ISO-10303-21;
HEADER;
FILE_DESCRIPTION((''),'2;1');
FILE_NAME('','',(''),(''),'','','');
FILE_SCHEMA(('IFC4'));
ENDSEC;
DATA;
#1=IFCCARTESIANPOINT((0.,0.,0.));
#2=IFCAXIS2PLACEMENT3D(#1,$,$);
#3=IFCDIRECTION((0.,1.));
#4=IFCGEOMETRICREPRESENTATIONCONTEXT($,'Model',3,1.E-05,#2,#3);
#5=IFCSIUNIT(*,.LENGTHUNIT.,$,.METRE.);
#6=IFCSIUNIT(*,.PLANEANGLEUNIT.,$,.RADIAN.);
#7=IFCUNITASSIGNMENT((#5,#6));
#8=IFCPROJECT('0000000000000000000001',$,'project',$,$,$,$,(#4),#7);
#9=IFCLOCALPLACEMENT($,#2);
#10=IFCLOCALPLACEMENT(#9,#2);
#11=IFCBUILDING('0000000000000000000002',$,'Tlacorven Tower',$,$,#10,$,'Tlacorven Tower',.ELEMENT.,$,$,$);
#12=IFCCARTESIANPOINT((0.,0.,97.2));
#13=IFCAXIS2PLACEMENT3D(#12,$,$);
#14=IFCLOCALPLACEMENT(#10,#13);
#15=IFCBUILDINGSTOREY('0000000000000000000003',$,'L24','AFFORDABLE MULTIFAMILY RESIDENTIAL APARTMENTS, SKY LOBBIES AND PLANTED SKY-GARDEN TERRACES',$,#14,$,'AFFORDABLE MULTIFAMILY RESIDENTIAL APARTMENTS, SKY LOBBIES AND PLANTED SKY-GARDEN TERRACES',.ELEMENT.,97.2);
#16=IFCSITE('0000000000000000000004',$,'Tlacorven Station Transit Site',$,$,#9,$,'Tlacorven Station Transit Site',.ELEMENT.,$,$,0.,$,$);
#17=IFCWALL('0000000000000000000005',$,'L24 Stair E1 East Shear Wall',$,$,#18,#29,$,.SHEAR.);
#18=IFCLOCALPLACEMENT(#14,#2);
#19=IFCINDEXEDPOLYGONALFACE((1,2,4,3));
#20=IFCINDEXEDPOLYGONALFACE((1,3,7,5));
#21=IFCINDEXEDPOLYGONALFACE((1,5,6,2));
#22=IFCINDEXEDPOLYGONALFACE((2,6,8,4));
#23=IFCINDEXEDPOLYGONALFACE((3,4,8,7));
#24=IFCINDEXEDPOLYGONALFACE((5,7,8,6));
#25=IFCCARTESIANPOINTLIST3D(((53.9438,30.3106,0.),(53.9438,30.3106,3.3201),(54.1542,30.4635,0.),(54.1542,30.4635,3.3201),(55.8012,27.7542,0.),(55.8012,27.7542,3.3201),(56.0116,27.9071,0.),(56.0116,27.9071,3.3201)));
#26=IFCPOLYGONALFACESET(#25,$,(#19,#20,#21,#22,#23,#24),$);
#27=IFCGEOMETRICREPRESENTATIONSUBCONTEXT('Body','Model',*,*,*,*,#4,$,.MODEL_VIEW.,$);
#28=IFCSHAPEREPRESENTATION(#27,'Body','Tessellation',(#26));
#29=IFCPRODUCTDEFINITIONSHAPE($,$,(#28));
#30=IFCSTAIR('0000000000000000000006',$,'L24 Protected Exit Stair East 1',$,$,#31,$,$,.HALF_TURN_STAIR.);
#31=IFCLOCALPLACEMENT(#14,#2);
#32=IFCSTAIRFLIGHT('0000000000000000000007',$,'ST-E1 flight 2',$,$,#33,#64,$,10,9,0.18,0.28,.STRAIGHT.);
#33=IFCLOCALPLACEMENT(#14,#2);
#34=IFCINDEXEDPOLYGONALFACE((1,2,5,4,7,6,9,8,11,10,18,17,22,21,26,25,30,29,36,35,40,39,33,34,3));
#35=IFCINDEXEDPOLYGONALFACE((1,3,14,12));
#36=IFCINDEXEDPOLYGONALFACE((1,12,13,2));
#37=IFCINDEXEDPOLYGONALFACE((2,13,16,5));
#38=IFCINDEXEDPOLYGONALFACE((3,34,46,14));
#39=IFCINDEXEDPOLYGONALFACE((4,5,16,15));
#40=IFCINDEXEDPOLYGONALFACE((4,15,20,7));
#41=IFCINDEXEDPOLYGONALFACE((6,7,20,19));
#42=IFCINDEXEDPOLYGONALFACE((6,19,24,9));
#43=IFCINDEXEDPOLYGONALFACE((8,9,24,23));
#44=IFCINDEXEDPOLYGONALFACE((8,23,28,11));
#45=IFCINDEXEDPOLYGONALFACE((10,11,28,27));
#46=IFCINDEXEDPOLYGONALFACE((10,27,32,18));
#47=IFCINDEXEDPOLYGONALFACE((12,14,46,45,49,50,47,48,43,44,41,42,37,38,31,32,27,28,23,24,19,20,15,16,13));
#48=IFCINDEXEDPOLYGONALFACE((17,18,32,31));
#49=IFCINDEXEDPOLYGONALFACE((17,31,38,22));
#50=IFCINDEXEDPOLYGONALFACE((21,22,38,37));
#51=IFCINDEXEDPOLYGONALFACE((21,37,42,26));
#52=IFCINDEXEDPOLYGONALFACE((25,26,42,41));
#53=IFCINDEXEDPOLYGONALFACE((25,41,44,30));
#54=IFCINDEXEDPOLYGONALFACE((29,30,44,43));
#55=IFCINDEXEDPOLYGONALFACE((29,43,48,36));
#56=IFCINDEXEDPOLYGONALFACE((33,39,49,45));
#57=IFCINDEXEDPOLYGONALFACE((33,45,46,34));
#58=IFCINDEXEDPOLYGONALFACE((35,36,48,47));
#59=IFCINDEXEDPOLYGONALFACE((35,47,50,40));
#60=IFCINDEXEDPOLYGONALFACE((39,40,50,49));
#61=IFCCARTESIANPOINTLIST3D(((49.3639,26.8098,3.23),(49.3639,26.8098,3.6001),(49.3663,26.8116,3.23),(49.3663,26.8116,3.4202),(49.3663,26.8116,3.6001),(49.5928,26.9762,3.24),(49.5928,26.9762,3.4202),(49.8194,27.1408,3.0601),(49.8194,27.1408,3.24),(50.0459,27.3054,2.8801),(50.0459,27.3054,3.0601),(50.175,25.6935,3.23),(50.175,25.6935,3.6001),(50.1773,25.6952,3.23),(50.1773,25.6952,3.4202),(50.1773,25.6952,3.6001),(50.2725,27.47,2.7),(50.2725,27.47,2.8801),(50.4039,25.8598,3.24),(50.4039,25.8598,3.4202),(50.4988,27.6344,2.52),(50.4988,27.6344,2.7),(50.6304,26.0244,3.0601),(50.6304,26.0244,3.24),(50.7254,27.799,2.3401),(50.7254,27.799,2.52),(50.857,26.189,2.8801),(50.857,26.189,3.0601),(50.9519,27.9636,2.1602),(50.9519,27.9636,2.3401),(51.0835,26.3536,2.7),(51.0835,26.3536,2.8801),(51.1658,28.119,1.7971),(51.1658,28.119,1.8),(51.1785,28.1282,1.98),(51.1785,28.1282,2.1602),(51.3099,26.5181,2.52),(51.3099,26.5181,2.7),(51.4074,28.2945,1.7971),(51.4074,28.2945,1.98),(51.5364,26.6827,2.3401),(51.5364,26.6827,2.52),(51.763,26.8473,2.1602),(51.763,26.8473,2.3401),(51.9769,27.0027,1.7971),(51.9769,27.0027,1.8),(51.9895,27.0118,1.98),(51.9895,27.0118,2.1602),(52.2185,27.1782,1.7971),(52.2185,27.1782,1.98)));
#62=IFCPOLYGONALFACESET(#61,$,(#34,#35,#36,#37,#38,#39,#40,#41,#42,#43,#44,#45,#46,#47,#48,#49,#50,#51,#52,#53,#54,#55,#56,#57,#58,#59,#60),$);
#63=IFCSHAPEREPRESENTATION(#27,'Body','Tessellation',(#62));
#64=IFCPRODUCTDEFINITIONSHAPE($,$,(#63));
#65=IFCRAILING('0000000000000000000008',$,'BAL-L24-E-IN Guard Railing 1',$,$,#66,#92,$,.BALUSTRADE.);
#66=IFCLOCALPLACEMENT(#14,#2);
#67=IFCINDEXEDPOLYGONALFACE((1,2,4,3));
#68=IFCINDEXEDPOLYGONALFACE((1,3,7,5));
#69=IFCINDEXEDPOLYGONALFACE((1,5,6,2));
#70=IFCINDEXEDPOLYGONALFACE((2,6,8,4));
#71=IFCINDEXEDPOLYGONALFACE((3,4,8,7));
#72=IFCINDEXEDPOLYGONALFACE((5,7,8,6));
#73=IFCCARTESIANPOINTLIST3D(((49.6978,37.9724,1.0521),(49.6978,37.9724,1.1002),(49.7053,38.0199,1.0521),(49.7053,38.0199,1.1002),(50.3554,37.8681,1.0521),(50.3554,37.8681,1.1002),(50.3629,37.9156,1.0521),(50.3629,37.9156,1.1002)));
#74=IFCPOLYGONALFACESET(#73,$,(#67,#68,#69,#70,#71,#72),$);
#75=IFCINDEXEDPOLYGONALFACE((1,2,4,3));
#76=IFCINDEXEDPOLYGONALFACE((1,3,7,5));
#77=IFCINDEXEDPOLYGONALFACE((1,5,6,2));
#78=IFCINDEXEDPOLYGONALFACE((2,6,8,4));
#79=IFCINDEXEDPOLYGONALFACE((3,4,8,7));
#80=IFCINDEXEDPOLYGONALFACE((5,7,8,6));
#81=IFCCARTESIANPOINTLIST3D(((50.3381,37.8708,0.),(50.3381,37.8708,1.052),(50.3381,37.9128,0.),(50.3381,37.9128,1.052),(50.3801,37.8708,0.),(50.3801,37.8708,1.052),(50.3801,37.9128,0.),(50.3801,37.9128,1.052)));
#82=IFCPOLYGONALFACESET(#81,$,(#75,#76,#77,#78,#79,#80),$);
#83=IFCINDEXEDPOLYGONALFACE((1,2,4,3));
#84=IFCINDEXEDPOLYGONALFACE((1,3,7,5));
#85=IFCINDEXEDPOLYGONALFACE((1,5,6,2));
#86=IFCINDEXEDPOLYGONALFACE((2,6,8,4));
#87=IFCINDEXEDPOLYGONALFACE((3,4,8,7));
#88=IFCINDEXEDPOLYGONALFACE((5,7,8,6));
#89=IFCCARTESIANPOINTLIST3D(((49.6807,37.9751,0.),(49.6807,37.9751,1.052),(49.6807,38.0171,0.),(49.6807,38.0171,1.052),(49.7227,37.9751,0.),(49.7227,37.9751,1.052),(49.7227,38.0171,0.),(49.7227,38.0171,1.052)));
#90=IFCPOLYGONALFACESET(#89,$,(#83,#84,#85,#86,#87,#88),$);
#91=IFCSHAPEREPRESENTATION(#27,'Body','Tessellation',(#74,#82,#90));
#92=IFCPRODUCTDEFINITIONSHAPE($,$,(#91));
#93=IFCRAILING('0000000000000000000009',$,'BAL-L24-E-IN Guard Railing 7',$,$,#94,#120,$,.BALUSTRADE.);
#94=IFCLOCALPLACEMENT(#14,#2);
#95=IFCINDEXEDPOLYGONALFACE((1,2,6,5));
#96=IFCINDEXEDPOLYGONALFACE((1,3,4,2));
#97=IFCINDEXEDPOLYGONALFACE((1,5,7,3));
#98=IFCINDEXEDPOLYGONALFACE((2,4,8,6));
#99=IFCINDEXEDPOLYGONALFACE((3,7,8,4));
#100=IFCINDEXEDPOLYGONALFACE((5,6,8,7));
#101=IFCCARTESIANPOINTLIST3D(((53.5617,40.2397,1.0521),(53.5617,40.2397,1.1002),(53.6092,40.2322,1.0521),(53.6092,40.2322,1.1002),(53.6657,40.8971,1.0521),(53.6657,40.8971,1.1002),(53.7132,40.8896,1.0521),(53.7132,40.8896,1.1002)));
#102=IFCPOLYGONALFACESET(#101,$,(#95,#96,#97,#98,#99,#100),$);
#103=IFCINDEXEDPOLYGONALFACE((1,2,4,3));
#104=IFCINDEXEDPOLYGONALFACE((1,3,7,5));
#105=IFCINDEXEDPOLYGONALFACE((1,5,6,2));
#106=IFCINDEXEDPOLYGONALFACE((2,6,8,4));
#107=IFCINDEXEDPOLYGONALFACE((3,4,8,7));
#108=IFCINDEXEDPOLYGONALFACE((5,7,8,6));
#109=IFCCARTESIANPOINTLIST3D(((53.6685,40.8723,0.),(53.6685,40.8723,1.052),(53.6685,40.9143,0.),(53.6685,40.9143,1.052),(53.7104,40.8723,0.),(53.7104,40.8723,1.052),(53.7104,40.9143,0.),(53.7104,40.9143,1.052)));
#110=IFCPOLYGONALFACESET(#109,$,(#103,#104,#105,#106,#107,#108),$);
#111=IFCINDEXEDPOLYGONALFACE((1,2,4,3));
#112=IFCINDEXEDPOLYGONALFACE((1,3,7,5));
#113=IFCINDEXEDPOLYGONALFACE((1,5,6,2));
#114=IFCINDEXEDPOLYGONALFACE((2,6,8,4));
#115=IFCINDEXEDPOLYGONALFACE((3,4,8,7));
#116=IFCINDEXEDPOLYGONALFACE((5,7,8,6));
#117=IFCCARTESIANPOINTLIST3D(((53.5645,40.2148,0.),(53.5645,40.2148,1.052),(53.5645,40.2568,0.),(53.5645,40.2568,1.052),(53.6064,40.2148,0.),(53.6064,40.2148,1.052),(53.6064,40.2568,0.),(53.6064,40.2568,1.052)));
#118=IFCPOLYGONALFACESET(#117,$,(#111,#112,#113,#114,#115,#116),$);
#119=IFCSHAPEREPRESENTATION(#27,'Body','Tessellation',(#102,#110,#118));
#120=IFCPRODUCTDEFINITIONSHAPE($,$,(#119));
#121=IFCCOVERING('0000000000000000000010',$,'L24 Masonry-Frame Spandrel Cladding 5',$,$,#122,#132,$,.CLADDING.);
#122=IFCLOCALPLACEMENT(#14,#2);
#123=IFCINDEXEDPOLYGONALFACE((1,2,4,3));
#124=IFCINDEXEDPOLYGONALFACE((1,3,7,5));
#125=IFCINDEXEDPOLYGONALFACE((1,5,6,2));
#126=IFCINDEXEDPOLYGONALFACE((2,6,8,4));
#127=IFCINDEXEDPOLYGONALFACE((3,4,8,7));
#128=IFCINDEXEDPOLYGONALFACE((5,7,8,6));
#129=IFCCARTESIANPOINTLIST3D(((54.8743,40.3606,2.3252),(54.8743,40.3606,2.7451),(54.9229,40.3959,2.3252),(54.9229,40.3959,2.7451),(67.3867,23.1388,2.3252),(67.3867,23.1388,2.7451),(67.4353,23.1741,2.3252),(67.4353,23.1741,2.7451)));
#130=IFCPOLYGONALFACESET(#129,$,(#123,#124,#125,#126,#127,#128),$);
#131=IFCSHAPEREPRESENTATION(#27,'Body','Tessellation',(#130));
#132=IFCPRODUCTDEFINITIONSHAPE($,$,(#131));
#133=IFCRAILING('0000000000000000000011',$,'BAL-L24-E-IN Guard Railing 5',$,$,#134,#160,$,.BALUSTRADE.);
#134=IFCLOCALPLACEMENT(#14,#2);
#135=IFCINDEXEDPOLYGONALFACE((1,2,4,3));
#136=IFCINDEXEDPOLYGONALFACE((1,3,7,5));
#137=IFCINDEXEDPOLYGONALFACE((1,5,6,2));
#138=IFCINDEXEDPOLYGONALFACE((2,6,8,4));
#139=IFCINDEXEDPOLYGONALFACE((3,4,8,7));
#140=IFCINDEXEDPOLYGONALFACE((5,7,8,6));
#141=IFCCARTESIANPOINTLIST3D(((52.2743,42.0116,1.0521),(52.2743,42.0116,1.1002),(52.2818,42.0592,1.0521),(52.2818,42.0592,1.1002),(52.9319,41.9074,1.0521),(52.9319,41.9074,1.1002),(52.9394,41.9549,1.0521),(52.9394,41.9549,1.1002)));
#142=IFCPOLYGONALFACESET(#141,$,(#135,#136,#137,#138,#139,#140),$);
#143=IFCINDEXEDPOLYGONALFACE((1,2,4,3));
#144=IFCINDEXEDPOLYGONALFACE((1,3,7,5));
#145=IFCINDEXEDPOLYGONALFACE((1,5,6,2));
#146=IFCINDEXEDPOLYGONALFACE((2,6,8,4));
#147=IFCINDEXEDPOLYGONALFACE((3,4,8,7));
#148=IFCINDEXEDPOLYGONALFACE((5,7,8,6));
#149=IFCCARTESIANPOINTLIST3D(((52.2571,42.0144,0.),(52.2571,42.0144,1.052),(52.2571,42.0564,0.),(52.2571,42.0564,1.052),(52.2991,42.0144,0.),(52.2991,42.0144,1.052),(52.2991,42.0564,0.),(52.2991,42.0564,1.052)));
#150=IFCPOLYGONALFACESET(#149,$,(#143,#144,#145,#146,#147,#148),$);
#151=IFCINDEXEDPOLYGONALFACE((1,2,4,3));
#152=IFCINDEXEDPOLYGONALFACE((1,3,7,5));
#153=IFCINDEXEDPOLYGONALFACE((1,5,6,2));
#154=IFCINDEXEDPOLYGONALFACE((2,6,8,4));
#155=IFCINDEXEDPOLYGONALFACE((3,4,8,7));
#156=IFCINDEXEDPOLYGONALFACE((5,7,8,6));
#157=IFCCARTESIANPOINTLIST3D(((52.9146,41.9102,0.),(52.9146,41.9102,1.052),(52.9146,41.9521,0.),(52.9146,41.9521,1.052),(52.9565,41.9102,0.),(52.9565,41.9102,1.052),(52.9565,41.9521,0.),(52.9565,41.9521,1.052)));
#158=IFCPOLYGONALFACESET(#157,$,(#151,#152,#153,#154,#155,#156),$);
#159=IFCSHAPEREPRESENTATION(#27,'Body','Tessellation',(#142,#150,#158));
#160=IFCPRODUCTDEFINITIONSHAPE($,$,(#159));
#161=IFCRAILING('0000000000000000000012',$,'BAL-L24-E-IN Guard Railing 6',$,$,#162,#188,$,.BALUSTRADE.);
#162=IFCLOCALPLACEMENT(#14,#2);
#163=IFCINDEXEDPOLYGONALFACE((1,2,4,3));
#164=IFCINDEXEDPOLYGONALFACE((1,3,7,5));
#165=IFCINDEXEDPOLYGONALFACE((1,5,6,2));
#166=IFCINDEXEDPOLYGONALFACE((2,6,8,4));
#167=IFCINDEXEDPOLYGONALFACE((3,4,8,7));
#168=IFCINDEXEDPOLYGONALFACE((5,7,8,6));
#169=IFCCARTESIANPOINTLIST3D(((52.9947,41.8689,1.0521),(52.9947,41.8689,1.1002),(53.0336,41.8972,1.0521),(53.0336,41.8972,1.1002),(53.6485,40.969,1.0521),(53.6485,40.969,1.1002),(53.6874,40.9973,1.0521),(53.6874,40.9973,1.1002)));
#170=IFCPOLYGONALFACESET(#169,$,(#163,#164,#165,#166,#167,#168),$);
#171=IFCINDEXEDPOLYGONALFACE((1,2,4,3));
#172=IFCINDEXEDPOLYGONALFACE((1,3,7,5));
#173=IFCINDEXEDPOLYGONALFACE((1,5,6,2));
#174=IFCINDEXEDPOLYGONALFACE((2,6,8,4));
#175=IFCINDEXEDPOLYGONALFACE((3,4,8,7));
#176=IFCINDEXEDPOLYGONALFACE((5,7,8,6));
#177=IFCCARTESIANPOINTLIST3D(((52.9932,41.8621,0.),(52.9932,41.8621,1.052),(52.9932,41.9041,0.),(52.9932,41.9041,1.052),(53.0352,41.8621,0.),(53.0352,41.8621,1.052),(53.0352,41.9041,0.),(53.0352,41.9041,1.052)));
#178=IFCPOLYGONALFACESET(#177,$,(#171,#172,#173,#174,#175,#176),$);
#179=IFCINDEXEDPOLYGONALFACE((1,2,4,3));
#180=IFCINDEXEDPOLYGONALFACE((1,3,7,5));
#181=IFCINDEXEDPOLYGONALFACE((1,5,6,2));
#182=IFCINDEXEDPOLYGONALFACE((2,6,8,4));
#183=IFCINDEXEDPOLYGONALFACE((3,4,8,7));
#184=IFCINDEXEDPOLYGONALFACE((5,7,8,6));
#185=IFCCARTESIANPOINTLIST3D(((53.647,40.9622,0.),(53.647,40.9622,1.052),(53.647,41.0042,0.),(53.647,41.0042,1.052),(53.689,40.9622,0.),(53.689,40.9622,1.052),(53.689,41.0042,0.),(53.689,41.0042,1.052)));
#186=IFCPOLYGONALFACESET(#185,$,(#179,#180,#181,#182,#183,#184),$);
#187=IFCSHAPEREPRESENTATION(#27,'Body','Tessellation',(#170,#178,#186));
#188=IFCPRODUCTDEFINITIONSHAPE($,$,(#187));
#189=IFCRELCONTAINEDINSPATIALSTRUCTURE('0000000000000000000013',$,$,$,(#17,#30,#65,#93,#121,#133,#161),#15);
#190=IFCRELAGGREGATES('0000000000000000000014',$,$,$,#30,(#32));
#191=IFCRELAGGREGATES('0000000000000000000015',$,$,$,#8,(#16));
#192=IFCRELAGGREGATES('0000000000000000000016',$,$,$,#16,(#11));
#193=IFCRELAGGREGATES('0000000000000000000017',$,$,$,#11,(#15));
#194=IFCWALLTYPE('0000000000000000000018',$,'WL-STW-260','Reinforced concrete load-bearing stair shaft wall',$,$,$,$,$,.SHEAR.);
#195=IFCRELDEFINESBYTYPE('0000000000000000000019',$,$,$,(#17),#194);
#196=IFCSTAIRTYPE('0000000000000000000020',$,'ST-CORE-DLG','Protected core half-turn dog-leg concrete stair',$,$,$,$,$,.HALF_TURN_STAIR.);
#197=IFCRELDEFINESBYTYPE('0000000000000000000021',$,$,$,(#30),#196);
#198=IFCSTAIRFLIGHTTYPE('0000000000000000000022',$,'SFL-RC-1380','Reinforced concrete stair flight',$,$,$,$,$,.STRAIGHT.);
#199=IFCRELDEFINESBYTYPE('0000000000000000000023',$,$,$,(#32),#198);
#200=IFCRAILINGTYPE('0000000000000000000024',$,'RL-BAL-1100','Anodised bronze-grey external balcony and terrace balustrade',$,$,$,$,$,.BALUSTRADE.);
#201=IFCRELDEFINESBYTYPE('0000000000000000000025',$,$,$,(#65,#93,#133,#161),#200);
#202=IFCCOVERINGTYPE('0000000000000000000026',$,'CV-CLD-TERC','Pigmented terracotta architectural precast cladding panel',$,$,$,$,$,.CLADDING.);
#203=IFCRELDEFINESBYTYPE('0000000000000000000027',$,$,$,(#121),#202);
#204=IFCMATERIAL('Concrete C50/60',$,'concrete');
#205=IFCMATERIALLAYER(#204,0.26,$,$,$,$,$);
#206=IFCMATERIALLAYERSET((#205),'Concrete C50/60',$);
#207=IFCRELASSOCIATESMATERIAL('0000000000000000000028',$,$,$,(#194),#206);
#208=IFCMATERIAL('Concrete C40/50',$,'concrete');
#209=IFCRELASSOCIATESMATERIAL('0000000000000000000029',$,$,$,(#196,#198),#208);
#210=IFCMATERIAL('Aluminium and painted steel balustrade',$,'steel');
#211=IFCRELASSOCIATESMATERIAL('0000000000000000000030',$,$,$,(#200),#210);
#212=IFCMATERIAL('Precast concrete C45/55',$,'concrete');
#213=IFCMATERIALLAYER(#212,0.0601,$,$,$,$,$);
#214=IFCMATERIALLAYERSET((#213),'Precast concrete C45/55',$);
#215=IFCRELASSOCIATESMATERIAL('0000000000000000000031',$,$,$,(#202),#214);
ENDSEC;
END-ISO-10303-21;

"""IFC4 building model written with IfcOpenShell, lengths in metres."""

from ifc_helpers import new_model, si_unit, direction, frame, frame_2d, origin, origin_2d, place, context, subcontext, project, spatial, polyline, rectangle, outline, extrude, source, transform, mapped, material, layer, layer_set, type_object, element, aggregate, save


model = new_model("IFC4")

# Units and contexts
model_context = context("Model", 3, precision=1e-05, world=origin(), true_north=direction((0.0, 1.0)))
body_context = subcontext(model_context, "Body", "Model", "MODEL_VIEW")
ifc_project = project(units=[si_unit("LENGTHUNIT", "METRE"), si_unit("PLANEANGLEUNIT", "RADIAN")], contexts=[model_context])

# Site, building, storey
site_placement = place(None, origin())
site = spatial("IfcSite", under=ifc_project, at=site_placement, Name="Tlacorven Station Transit Site", LongName="Tlacorven Station Transit Site", CompositionType="ELEMENT", RefElevation=0.0)
building_placement = place(site_placement, origin())
building = spatial("IfcBuilding", under=site, at=building_placement, Name="Tlacorven Tower", LongName="Tlacorven Tower", CompositionType="ELEMENT")
storey_placement = place(building_placement, frame((0.0, 0.0, 97.2)))
storey = spatial("IfcBuildingStorey", under=building, at=storey_placement, Name="L24", Description="AFFORDABLE MULTIFAMILY RESIDENTIAL APARTMENTS, SKY LOBBIES AND PLANTED SKY-GARDEN TERRACES", LongName="AFFORDABLE MULTIFAMILY RESIDENTIAL APARTMENTS, SKY LOBBIES AND PLANTED SKY-GARDEN TERRACES", CompositionType="ELEMENT", Elevation=97.2)

# Shared definitions
ifc_material_1 = material(Name="Precast concrete C45/55", Category="concrete")

# Wall
ifc_material_2 = material(Name="Concrete C50/60", Category="concrete")
ifc_layer_1 = layer(ifc_material_2, 0.26)
ifc_layer_set_1 = layer_set([ifc_layer_1], Name="Concrete C50/60")
wall_type_1 = type_object("IfcWallType", Name="WL-STW-260", Description="Reinforced concrete load-bearing stair shaft wall", PredefinedType="SHEAR", material=ifc_layer_set_1)
wall_1_placement = place(storey_placement, frame((55.9065, 27.8306, 0.0), z_axis=(0.0, 0.0, 1.0), x_axis=(-0.587804, 0.809003, 0.0)))
element("IfcWall", 1, at=wall_1_placement, inside=storey, type_object=wall_type_1, Name="L24 Stair E1 East Shear Wall", PredefinedType="SHEAR", context=body_context, shape_type="SweptSolid", body=[
    extrude(rectangle(XDim=3.1599, YDim=0.26, at=frame_2d((1.5801, 0.0))), origin(), (0.0, 0.0, 1.0), 3.3201),
])

# Stair, stair flight
ifc_material_3 = material(Name="Concrete C40/50", Category="concrete")
stair_type = type_object("IfcStairType", Name="ST-CORE-DLG", Description="Protected core half-turn dog-leg concrete stair", PredefinedType="HALF_TURN_STAIR", material=ifc_material_3)
stair_placement = place(storey_placement, origin())
stair = element("IfcStair", 2, at=stair_placement, inside=storey, type_object=stair_type, Name="L24 Protected Exit Stair East 1", PredefinedType="HALF_TURN_STAIR")
stair_flight_type = type_object("IfcStairFlightType", Name="SFL-RC-1380", Description="Reinforced concrete stair flight", PredefinedType="STRAIGHT", material=ifc_material_3)
shared_shape_1 = source(origin(), body_context, "Body", "SweptSolid", [
    extrude(outline(polyline([(-0.0029, -0.0029), (-0.0029, 0.1799), (0.28, 0.1799), (0.28, 0.3601), (0.5601, 0.3601), (0.5601, 0.54), (0.8401, 0.54), (0.8401, 0.72), (1.1201, 0.72), (1.1201, 0.8999), (1.3999, 0.8999), (1.3999, 1.0801), (1.6799, 1.0801), (1.6799, 1.26), (1.96, 1.26), (1.96, 1.4399), (2.24, 1.4399), (2.24, 1.6201), (2.52, 1.6201), (2.52, 1.8), (2.5229, 1.8), (2.5229, 1.4299), (2.52, 1.4299), (0.2957, 0.0), (0.2957, -0.0029), (-0.0029, -0.0029)])), frame((0.0, 0.6899, 0.0), z_axis=(0.0, -1.0, 0.0), x_axis=(1.0, 0.0, 0.0)), (0.0, 0.0, 1.0), 1.3799),
])
stair_flight_placement = place(storey_placement, frame((51.8105, 27.7346, 1.8), z_axis=(0.0, 0.0, 1.0), x_axis=(-0.809017, -0.587785, 0.0)))
stair_flight = element("IfcStairFlight", 3, at=stair_flight_placement, type_object=stair_flight_type, Name="ST-E1 flight 2", NumberOfRisers=10, NumberOfTreads=9, PredefinedType="STRAIGHT", RiserHeight=0.18, TreadLength=0.28, context=body_context, shape_type="MappedRepresentation", body=[
    mapped(shared_shape_1, transform((0.0, 0.0, 0.0), scale=1.0)),
])
aggregate(stair, [stair_flight])

# Railings
ifc_material_4 = material(Name="Aluminium and painted steel balustrade", Category="steel")
railing_type_1 = type_object("IfcRailingType", Name="RL-BAL-1100", Description="Anodised bronze-grey external balcony and terrace balustrade", PredefinedType="BALUSTRADE", material=ifc_material_4)
shared_shape_2 = source(origin(), body_context, "Body", "SweptSolid", [
    extrude(rectangle(XDim=0.0481, YDim=0.0481, at=origin_2d()), frame((0.0, 0.0, 1.0762), z_axis=(-0.987662, 0.156603, 0.0), x_axis=(-0.156603, -0.987662, 0.0)), (0.0, 0.0, 1.0), 0.6658),
    extrude(rectangle(XDim=0.042, YDim=0.042, at=origin_2d()), origin(), (0.0, 0.0, 1.0), 1.052),
    extrude(rectangle(XDim=0.042, YDim=0.042, at=origin_2d()), frame((-0.6575, 0.1042, 0.0)), (0.0, 0.0, 1.0), 1.052),
])
railing_1_placement = place(storey_placement, frame((50.3591, 37.8918, 0.0)))
element("IfcRailing", 4, at=railing_1_placement, inside=storey, type_object=railing_type_1, Name="BAL-L24-E-IN Guard Railing 1", PredefinedType="BALUSTRADE", context=body_context, shape_type="MappedRepresentation", body=[
    mapped(shared_shape_2, transform((0.0, 0.0, 0.0), scale=1.0)),
])
shared_shape_3 = source(origin(), body_context, "Body", "SweptSolid", [
    extrude(rectangle(XDim=0.0481, YDim=0.0481, at=origin_2d()), frame((0.0, 0.0, 1.0762), z_axis=(-0.156245, -0.987718, 0.0), x_axis=(0.987718, -0.156245, 0.0)), (0.0, 0.0, 1.0), 0.6655),
    extrude(rectangle(XDim=0.042, YDim=0.042, at=origin_2d()), origin(), (0.0, 0.0, 1.0), 1.052),
    extrude(rectangle(XDim=0.042, YDim=0.042, at=origin_2d()), frame((-0.104, -0.6575, 0.0)), (0.0, 0.0, 1.0), 1.052),
])
railing_2_placement = place(storey_placement, frame((53.6895, 40.8933, 0.0)))
element("IfcRailing", 5, at=railing_2_placement, inside=storey, type_object=railing_type_1, Name="BAL-L24-E-IN Guard Railing 7", PredefinedType="BALUSTRADE", context=body_context, shape_type="MappedRepresentation", body=[
    mapped(shared_shape_3, transform((0.0, 0.0, 0.0), scale=1.0)),
])

# Covering
ifc_layer_2 = layer(ifc_material_1, 0.0601)
ifc_layer_set_2 = layer_set([ifc_layer_2], Name="Precast concrete C45/55")
covering_type = type_object("IfcCoveringType", Name="CV-CLD-TERC", Description="Pigmented terracotta architectural precast cladding panel", PredefinedType="CLADDING", material=ifc_layer_set_2)
shared_shape_4 = source(origin(), body_context, "Body", "SweptSolid", [
    extrude(rectangle(XDim=21.2874, YDim=0.0601, at=origin_2d()), origin(), (0.0, 0.0, 1.0), 0.4199),
])
covering_placement = place(storey_placement, frame((61.1548, 31.7673, 2.3252), z_axis=(0.0, 0.0, 1.0), x_axis=(0.587785, -0.809017, 0.0)))
element("IfcCovering", 6, at=covering_placement, inside=storey, type_object=covering_type, Name="L24 Masonry-Frame Spandrel Cladding 5", PredefinedType="CLADDING", context=body_context, shape_type="MappedRepresentation", body=[
    mapped(shared_shape_4, transform((0.0, 0.0, 0.0), scale=1.0)),
])

# Railings
shared_shape_5 = source(origin(), body_context, "Body", "SweptSolid", [
    extrude(rectangle(XDim=0.0481, YDim=0.0481, at=origin_2d()), frame((0.0, 0.0, 1.0762), z_axis=(0.987662, -0.156603, 0.0), x_axis=(0.156603, 0.987662, 0.0)), (0.0, 0.0, 1.0), 0.6658),
    extrude(rectangle(XDim=0.042, YDim=0.042, at=origin_2d()), origin(), (0.0, 0.0, 1.0), 1.052),
    extrude(rectangle(XDim=0.042, YDim=0.042, at=origin_2d()), frame((0.6575, -0.1042, 0.0)), (0.0, 0.0, 1.0), 1.052),
])
railing_3_placement = place(storey_placement, frame((52.2781, 42.0354, 0.0)))
element("IfcRailing", 7, at=railing_3_placement, inside=storey, type_object=railing_type_1, Name="BAL-L24-E-IN Guard Railing 5", PredefinedType="BALUSTRADE", context=body_context, shape_type="MappedRepresentation", body=[
    mapped(shared_shape_5, transform((0.0, 0.0, 0.0), scale=1.0)),
])
shared_shape_6 = source(origin(), body_context, "Body", "SweptSolid", [
    extrude(rectangle(XDim=0.0481, YDim=0.0481, at=origin_2d()), frame((0.0, 0.0, 1.0762), z_axis=(0.58778, -0.809021, 0.0), x_axis=(0.809021, 0.58778, 0.0)), (0.0, 0.0, 1.0), 1.1123),
    extrude(rectangle(XDim=0.042, YDim=0.042, at=origin_2d()), origin(), (0.0, 0.0, 1.0), 1.052),
    extrude(rectangle(XDim=0.042, YDim=0.042, at=origin_2d()), frame((0.6538, -0.8999, 0.0)), (0.0, 0.0, 1.0), 1.052),
])
railing_4_placement = place(storey_placement, frame((53.0142, 41.8831, 0.0)))
element("IfcRailing", 8, at=railing_4_placement, inside=storey, type_object=railing_type_1, Name="BAL-L24-E-IN Guard Railing 6", PredefinedType="BALUSTRADE", context=body_context, shape_type="MappedRepresentation", body=[
    mapped(shared_shape_6, transform((0.0, 0.0, 0.0), scale=1.0)),
])

save(model, "model.ifc")
